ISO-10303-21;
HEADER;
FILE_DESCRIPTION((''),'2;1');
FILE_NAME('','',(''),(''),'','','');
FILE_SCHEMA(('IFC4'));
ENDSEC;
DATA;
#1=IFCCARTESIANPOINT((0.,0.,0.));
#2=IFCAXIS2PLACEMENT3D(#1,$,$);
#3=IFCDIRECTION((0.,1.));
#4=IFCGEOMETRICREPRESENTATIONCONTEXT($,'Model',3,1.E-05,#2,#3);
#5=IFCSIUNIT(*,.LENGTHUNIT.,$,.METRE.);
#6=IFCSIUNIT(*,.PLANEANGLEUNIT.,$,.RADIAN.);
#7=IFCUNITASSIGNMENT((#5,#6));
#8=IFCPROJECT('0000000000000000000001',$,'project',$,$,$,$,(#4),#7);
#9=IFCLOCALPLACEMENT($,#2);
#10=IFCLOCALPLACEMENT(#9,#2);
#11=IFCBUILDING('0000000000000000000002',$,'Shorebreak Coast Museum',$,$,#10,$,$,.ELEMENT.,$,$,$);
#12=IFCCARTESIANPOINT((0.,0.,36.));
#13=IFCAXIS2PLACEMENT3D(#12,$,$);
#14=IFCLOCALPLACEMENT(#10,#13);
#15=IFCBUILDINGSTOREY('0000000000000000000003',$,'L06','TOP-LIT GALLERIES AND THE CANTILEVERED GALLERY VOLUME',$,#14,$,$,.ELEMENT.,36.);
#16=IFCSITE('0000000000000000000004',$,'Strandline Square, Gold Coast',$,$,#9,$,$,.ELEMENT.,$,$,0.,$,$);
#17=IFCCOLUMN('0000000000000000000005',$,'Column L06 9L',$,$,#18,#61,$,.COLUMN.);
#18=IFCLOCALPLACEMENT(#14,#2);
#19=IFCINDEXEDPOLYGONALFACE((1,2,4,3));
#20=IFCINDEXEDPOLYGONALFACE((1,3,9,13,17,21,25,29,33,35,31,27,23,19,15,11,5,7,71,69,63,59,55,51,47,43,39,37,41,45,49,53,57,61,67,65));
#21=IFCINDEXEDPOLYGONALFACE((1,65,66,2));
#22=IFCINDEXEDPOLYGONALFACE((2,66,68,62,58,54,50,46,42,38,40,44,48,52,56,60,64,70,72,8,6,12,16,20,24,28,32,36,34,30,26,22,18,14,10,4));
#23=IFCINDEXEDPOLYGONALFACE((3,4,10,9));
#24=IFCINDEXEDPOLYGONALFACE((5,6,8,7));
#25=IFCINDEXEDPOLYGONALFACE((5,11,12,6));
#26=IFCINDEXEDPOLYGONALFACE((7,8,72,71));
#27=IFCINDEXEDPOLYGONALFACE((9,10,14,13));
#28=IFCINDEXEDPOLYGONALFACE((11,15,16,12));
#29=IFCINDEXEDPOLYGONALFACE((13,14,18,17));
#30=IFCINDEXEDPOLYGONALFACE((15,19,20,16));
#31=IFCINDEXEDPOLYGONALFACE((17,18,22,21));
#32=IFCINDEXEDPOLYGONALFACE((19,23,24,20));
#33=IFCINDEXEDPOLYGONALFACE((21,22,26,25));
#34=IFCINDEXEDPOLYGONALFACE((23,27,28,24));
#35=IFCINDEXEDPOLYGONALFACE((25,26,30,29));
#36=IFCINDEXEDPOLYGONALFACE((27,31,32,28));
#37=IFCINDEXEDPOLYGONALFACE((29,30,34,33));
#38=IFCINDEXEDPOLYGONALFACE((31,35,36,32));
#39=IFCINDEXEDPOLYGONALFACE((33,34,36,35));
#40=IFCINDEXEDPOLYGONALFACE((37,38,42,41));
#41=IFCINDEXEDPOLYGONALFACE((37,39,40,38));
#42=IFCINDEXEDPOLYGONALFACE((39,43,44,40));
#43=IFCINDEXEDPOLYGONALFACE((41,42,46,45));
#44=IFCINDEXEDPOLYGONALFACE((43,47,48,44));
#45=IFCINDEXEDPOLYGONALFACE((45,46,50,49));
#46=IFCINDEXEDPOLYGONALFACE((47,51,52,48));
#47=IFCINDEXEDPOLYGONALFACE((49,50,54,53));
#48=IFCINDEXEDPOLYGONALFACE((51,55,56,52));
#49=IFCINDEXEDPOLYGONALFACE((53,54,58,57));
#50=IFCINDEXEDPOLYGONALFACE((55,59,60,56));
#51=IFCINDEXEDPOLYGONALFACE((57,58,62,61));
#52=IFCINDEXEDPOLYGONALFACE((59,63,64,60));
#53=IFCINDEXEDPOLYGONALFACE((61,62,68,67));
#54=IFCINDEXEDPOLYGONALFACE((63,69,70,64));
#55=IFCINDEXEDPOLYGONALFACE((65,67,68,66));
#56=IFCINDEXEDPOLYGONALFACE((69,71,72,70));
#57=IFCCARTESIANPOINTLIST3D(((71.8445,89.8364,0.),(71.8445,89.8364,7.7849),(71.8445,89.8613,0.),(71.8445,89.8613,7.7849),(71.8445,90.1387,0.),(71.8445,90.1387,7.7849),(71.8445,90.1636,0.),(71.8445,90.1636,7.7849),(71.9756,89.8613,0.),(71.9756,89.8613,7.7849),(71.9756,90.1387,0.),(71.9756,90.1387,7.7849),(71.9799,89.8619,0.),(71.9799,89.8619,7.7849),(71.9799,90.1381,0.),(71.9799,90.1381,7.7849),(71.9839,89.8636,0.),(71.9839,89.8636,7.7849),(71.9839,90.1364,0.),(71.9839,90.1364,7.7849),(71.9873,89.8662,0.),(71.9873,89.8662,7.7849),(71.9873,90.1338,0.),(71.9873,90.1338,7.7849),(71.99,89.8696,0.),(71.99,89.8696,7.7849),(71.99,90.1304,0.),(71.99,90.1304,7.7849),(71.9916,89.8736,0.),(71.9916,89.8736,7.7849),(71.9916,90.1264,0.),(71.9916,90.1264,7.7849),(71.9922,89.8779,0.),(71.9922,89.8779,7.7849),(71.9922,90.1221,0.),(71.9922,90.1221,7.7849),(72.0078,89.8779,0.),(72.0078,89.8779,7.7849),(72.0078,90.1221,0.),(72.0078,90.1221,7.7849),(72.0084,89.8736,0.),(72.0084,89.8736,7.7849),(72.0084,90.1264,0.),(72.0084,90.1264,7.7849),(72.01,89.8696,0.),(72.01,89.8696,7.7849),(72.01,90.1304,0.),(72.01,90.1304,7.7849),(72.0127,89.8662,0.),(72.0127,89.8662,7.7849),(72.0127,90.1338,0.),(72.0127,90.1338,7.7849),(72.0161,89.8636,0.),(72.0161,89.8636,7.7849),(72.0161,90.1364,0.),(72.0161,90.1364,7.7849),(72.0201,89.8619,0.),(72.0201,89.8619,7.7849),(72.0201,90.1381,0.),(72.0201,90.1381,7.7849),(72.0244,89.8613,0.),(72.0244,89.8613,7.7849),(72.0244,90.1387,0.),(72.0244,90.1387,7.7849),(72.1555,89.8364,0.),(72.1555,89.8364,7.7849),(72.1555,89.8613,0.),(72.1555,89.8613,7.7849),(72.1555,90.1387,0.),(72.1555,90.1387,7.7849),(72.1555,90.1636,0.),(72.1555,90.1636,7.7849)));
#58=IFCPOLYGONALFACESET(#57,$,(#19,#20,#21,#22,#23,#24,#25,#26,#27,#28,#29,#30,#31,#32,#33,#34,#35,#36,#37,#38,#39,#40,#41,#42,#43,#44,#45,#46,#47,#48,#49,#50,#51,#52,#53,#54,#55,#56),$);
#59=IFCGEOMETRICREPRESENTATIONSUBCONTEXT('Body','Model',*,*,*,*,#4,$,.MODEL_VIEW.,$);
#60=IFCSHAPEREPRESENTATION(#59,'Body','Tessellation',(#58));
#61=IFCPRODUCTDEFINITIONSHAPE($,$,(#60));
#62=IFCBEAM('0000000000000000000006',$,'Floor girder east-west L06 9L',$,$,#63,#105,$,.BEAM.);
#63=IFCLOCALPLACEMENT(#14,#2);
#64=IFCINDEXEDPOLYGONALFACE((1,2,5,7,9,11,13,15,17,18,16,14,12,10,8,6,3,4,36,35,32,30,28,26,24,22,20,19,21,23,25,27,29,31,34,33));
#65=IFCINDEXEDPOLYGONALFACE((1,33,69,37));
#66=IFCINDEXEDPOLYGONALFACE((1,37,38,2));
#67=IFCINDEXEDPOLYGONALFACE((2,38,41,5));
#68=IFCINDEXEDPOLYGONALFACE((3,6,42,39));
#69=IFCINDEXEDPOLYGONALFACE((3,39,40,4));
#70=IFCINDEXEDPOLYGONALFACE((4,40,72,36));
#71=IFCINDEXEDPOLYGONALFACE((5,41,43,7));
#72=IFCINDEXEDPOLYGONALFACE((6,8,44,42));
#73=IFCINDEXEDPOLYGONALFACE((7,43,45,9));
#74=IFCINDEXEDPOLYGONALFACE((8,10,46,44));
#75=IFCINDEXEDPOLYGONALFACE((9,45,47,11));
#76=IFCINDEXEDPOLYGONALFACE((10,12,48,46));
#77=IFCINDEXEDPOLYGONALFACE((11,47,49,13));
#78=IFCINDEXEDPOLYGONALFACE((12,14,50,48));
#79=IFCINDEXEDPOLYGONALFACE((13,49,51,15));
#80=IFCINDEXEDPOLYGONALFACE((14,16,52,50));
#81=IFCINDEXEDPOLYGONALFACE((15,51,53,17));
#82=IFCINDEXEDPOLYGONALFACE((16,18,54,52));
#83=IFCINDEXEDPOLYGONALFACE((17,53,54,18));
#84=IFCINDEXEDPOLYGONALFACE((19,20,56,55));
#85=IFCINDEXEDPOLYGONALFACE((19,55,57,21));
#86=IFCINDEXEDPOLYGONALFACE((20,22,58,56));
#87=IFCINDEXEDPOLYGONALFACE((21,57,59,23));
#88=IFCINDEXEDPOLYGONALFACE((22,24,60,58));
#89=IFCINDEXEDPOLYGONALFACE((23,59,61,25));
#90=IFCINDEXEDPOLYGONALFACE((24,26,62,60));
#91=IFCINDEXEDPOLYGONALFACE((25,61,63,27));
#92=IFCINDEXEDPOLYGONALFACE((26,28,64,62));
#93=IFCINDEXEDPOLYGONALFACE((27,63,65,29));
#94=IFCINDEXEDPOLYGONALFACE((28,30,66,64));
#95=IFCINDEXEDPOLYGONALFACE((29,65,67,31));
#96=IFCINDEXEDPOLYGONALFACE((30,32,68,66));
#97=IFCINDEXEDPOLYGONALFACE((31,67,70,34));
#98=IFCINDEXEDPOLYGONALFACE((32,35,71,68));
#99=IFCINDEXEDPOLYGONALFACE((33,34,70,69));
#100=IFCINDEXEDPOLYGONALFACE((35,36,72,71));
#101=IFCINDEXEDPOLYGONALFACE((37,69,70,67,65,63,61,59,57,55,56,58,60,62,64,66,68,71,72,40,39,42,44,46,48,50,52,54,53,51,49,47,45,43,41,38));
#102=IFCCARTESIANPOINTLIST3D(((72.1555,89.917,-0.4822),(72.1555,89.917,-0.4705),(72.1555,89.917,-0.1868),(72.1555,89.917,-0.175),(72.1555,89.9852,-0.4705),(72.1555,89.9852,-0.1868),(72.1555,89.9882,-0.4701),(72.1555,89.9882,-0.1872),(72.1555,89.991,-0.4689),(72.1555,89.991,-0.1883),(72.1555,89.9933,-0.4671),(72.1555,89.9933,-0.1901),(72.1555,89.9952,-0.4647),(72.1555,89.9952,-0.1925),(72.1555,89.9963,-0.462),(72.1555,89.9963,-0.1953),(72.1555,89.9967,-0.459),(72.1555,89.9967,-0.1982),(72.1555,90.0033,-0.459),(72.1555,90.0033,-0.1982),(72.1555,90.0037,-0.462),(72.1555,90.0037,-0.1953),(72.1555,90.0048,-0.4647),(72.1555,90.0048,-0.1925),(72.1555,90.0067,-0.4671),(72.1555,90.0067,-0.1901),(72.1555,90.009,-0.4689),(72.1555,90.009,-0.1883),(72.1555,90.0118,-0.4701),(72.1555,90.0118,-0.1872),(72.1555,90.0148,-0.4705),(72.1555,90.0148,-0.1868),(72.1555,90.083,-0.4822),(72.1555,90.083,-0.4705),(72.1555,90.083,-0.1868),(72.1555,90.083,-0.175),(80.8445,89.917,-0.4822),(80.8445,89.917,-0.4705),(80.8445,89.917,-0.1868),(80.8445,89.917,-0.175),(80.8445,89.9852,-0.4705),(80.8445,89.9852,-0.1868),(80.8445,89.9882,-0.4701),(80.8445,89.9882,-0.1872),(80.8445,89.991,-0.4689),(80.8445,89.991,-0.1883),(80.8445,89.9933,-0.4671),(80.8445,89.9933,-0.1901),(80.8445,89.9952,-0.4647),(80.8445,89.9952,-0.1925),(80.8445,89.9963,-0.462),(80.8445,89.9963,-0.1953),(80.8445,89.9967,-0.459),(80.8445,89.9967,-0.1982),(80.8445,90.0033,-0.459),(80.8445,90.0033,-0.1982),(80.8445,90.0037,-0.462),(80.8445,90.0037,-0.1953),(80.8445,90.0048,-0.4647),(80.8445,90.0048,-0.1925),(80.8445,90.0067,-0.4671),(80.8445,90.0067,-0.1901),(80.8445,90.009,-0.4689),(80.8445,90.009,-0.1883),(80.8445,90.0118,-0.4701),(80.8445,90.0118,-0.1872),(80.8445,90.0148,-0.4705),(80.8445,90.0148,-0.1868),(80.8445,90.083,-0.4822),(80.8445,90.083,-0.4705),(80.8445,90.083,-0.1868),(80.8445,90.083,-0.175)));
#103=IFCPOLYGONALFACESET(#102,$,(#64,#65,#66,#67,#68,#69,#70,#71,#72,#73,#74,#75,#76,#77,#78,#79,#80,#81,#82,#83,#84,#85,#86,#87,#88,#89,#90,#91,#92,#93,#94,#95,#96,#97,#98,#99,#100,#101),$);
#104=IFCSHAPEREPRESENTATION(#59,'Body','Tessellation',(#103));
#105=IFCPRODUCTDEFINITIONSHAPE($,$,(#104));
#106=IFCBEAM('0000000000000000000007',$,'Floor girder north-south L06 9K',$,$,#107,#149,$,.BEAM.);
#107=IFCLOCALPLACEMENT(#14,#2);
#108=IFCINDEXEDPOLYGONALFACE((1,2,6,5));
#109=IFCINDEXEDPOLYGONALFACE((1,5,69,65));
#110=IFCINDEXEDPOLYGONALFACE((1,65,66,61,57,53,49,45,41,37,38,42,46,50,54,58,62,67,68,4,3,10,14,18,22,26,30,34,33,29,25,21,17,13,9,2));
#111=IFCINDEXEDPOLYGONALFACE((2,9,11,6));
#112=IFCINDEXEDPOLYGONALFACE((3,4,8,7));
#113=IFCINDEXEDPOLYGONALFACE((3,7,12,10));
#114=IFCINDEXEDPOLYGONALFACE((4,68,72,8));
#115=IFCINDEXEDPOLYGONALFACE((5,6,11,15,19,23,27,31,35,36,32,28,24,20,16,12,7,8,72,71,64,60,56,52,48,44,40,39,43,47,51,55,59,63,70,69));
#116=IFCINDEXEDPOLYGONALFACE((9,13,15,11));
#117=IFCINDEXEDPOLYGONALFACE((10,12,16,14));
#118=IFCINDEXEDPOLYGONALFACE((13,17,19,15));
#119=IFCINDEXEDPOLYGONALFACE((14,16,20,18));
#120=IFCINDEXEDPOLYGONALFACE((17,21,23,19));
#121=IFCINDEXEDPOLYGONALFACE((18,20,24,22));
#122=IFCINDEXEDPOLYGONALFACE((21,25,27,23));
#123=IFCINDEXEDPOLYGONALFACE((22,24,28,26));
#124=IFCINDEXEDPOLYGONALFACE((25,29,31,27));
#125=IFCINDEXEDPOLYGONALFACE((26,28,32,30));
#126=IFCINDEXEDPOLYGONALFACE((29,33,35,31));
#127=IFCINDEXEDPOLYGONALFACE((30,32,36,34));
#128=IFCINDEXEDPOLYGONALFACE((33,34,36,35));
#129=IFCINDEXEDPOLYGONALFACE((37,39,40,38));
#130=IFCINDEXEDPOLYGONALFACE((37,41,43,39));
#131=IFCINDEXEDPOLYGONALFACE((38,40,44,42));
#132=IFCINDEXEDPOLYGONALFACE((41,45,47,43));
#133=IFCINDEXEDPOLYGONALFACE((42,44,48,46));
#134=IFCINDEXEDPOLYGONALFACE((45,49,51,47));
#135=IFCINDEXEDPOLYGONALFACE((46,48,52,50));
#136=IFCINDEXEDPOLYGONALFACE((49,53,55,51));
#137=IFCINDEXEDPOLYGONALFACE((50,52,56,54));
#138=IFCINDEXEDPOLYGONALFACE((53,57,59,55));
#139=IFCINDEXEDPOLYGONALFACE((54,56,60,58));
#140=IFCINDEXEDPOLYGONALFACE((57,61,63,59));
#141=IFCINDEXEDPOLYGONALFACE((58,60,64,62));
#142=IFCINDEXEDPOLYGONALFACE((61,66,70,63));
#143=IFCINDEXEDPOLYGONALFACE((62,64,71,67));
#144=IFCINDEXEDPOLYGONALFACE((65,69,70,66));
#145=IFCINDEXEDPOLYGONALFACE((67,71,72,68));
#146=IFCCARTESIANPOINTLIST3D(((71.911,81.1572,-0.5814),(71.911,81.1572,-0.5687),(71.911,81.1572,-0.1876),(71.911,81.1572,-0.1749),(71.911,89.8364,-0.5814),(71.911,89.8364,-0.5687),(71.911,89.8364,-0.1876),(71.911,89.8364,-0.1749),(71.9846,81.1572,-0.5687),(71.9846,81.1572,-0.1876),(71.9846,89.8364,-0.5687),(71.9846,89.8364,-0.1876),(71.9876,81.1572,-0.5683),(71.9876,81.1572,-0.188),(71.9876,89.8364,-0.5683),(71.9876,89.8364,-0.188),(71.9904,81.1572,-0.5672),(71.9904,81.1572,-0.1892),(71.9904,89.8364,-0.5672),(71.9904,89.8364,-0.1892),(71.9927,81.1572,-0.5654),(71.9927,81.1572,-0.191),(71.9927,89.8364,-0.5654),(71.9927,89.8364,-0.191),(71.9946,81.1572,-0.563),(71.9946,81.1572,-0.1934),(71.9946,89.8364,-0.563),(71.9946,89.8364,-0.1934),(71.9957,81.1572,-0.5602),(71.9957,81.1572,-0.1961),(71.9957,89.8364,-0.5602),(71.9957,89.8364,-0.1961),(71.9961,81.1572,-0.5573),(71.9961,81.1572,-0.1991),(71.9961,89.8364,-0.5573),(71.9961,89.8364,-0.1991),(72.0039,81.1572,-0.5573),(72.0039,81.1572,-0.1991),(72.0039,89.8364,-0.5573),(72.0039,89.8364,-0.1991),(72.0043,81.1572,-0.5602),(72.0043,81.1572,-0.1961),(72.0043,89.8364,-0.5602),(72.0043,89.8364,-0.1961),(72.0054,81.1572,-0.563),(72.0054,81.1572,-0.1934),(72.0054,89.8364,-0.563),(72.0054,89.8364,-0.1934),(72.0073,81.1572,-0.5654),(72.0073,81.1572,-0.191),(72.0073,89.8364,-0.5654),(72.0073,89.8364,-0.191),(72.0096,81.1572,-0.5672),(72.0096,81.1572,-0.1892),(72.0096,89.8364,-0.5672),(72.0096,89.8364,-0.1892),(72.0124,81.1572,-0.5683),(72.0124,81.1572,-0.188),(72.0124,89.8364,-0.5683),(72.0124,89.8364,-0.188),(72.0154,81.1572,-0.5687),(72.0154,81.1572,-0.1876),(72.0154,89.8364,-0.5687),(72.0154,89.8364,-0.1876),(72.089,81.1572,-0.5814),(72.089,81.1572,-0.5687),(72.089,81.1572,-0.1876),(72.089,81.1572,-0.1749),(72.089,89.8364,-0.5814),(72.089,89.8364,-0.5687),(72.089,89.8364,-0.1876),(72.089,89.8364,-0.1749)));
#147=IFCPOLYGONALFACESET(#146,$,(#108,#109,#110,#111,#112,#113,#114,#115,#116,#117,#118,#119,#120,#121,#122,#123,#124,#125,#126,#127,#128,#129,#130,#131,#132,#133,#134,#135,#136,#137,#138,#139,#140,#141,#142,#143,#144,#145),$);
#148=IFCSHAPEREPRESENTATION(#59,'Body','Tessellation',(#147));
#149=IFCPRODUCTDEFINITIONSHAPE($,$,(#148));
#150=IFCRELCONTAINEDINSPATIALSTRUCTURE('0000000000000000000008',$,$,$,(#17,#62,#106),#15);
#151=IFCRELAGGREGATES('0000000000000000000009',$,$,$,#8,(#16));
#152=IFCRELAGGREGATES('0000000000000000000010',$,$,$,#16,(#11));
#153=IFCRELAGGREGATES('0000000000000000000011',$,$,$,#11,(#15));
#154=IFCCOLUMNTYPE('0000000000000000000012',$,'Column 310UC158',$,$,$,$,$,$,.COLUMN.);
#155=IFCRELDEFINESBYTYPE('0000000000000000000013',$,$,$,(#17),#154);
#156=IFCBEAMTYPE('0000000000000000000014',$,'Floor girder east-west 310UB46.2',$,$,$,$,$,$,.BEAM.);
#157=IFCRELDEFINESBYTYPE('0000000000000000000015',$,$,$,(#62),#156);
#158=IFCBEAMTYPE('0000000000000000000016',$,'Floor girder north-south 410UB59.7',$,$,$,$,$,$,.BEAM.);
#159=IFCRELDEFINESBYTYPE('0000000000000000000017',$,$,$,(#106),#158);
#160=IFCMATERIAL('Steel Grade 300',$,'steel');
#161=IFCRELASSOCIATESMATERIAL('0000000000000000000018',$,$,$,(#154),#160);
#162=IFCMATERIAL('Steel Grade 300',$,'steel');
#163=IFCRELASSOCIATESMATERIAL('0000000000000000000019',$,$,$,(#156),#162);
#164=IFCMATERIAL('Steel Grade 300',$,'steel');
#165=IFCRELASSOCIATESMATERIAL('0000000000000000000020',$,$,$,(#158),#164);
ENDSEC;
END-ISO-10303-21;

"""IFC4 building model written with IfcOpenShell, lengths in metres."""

from ifc_helpers import new_model, si_unit, direction, frame, origin, origin_2d, place, context, subcontext, project, spatial, i_section, extrude, material, material_profile, profile_set, type_object, element, save


model = new_model("IFC4")

# Units and contexts
model_context = context("Model", 3, precision=1e-05, world=origin(), true_north=direction((0.0, 1.0)))
body_context = subcontext(model_context, "Body", "Model", "MODEL_VIEW")
ifc_project = project(units=[si_unit("LENGTHUNIT", "METRE"), si_unit("PLANEANGLEUNIT", "RADIAN")], contexts=[model_context])

# Site, building, storey
site_placement = place(None, origin())
site = spatial("IfcSite", under=ifc_project, at=site_placement, Name="Strandline Square, Gold Coast", CompositionType="ELEMENT", RefElevation=0.0)
building_placement = place(site_placement, origin())
building = spatial("IfcBuilding", under=site, at=building_placement, Name="Shorebreak Coast Museum", CompositionType="ELEMENT")
storey_placement = place(building_placement, frame((0.0, 0.0, 36.0)))
storey = spatial("IfcBuildingStorey", under=building, at=storey_placement, Name="L06", Description="TOP-LIT GALLERIES AND THE CANTILEVERED GALLERY VOLUME", CompositionType="ELEMENT", Elevation=36.0)

# Column
ifc_material_1 = material(Name="Steel Grade 300", Category="steel")
ifc_material_profile_1 = material_profile(ifc_material_1, i_section(OverallWidth=0.311, OverallDepth=0.3271, WebThickness=0.0156, FlangeThickness=0.0249, FilletRadius=0.0166, at=origin_2d()), Name="310UC158")
ifc_profile_set_1 = profile_set([ifc_material_profile_1], Name="Steel Grade 300")
column_type = type_object("IfcColumnType", Name="Column 310UC158", PredefinedType="COLUMN", material=ifc_profile_set_1)
column_placement = place(storey_placement, frame((72.0, 90.0, 0.0), z_axis=(0.0, 0.0, 1.0), x_axis=(1.0, 0.0, 0.0)))
element("IfcColumn", 1, at=column_placement, inside=storey, type_object=column_type, Name="Column L06 9L", PredefinedType="COLUMN", context=body_context, shape_type="SweptSolid", body=[
    extrude(i_section(OverallWidth=0.311, OverallDepth=0.3271, WebThickness=0.0156, FlangeThickness=0.0249, FilletRadius=0.0166, at=origin_2d()), origin(), (0.0, 0.0, 1.0), 7.7849),
])

# Beams
ifc_material_2 = material(Name="Steel Grade 300", Category="steel")
ifc_material_profile_2 = material_profile(ifc_material_2, i_section(OverallWidth=0.166, OverallDepth=0.3071, WebThickness=0.0066, FlangeThickness=0.0117, FilletRadius=0.0115, at=origin_2d()), Name="310UB46.2")
ifc_profile_set_2 = profile_set([ifc_material_profile_2], Name="Steel Grade 300")
beam_type_1 = type_object("IfcBeamType", Name="Floor girder east-west 310UB46.2", PredefinedType="BEAM", material=ifc_profile_set_2)
beam_1_placement = place(storey_placement, frame((72.1555, 90.0, -0.3286), z_axis=(1.0, 0.0, 0.0), x_axis=(0.0, 1.0, 0.0)))
element("IfcBeam", 2, at=beam_1_placement, inside=storey, type_object=beam_type_1, Name="Floor girder east-west L06 9L", PredefinedType="BEAM", context=body_context, shape_type="SweptSolid", body=[
    extrude(i_section(OverallWidth=0.166, OverallDepth=0.3071, WebThickness=0.0066, FlangeThickness=0.0117, FilletRadius=0.0115, at=origin_2d()), origin(), (0.0, 0.0, 1.0), 8.689),
])
ifc_material_3 = material(Name="Steel Grade 300", Category="steel")
ifc_material_profile_3 = material_profile(ifc_material_3, i_section(OverallWidth=0.178, OverallDepth=0.4065, WebThickness=0.0078, FlangeThickness=0.0127, FilletRadius=0.0115, at=origin_2d()), Name="410UB59.7")
ifc_profile_set_3 = profile_set([ifc_material_profile_3], Name="Steel Grade 300")
beam_type_2 = type_object("IfcBeamType", Name="Floor girder north-south 410UB59.7", PredefinedType="BEAM", material=ifc_profile_set_3)
beam_2_placement = place(storey_placement, frame((72.0, 81.1572, -0.3782), z_axis=(0.0, 1.0, 0.0), x_axis=(-1.0, 0.0, 0.0)))
element("IfcBeam", 3, at=beam_2_placement, inside=storey, type_object=beam_type_2, Name="Floor girder north-south L06 9K", PredefinedType="BEAM", context=body_context, shape_type="SweptSolid", body=[
    extrude(i_section(OverallWidth=0.178, OverallDepth=0.4065, WebThickness=0.0078, FlangeThickness=0.0127, FilletRadius=0.0115, at=origin_2d()), origin(), (0.0, 0.0, 1.0), 8.6792),
])

save(model, "model.ifc")
